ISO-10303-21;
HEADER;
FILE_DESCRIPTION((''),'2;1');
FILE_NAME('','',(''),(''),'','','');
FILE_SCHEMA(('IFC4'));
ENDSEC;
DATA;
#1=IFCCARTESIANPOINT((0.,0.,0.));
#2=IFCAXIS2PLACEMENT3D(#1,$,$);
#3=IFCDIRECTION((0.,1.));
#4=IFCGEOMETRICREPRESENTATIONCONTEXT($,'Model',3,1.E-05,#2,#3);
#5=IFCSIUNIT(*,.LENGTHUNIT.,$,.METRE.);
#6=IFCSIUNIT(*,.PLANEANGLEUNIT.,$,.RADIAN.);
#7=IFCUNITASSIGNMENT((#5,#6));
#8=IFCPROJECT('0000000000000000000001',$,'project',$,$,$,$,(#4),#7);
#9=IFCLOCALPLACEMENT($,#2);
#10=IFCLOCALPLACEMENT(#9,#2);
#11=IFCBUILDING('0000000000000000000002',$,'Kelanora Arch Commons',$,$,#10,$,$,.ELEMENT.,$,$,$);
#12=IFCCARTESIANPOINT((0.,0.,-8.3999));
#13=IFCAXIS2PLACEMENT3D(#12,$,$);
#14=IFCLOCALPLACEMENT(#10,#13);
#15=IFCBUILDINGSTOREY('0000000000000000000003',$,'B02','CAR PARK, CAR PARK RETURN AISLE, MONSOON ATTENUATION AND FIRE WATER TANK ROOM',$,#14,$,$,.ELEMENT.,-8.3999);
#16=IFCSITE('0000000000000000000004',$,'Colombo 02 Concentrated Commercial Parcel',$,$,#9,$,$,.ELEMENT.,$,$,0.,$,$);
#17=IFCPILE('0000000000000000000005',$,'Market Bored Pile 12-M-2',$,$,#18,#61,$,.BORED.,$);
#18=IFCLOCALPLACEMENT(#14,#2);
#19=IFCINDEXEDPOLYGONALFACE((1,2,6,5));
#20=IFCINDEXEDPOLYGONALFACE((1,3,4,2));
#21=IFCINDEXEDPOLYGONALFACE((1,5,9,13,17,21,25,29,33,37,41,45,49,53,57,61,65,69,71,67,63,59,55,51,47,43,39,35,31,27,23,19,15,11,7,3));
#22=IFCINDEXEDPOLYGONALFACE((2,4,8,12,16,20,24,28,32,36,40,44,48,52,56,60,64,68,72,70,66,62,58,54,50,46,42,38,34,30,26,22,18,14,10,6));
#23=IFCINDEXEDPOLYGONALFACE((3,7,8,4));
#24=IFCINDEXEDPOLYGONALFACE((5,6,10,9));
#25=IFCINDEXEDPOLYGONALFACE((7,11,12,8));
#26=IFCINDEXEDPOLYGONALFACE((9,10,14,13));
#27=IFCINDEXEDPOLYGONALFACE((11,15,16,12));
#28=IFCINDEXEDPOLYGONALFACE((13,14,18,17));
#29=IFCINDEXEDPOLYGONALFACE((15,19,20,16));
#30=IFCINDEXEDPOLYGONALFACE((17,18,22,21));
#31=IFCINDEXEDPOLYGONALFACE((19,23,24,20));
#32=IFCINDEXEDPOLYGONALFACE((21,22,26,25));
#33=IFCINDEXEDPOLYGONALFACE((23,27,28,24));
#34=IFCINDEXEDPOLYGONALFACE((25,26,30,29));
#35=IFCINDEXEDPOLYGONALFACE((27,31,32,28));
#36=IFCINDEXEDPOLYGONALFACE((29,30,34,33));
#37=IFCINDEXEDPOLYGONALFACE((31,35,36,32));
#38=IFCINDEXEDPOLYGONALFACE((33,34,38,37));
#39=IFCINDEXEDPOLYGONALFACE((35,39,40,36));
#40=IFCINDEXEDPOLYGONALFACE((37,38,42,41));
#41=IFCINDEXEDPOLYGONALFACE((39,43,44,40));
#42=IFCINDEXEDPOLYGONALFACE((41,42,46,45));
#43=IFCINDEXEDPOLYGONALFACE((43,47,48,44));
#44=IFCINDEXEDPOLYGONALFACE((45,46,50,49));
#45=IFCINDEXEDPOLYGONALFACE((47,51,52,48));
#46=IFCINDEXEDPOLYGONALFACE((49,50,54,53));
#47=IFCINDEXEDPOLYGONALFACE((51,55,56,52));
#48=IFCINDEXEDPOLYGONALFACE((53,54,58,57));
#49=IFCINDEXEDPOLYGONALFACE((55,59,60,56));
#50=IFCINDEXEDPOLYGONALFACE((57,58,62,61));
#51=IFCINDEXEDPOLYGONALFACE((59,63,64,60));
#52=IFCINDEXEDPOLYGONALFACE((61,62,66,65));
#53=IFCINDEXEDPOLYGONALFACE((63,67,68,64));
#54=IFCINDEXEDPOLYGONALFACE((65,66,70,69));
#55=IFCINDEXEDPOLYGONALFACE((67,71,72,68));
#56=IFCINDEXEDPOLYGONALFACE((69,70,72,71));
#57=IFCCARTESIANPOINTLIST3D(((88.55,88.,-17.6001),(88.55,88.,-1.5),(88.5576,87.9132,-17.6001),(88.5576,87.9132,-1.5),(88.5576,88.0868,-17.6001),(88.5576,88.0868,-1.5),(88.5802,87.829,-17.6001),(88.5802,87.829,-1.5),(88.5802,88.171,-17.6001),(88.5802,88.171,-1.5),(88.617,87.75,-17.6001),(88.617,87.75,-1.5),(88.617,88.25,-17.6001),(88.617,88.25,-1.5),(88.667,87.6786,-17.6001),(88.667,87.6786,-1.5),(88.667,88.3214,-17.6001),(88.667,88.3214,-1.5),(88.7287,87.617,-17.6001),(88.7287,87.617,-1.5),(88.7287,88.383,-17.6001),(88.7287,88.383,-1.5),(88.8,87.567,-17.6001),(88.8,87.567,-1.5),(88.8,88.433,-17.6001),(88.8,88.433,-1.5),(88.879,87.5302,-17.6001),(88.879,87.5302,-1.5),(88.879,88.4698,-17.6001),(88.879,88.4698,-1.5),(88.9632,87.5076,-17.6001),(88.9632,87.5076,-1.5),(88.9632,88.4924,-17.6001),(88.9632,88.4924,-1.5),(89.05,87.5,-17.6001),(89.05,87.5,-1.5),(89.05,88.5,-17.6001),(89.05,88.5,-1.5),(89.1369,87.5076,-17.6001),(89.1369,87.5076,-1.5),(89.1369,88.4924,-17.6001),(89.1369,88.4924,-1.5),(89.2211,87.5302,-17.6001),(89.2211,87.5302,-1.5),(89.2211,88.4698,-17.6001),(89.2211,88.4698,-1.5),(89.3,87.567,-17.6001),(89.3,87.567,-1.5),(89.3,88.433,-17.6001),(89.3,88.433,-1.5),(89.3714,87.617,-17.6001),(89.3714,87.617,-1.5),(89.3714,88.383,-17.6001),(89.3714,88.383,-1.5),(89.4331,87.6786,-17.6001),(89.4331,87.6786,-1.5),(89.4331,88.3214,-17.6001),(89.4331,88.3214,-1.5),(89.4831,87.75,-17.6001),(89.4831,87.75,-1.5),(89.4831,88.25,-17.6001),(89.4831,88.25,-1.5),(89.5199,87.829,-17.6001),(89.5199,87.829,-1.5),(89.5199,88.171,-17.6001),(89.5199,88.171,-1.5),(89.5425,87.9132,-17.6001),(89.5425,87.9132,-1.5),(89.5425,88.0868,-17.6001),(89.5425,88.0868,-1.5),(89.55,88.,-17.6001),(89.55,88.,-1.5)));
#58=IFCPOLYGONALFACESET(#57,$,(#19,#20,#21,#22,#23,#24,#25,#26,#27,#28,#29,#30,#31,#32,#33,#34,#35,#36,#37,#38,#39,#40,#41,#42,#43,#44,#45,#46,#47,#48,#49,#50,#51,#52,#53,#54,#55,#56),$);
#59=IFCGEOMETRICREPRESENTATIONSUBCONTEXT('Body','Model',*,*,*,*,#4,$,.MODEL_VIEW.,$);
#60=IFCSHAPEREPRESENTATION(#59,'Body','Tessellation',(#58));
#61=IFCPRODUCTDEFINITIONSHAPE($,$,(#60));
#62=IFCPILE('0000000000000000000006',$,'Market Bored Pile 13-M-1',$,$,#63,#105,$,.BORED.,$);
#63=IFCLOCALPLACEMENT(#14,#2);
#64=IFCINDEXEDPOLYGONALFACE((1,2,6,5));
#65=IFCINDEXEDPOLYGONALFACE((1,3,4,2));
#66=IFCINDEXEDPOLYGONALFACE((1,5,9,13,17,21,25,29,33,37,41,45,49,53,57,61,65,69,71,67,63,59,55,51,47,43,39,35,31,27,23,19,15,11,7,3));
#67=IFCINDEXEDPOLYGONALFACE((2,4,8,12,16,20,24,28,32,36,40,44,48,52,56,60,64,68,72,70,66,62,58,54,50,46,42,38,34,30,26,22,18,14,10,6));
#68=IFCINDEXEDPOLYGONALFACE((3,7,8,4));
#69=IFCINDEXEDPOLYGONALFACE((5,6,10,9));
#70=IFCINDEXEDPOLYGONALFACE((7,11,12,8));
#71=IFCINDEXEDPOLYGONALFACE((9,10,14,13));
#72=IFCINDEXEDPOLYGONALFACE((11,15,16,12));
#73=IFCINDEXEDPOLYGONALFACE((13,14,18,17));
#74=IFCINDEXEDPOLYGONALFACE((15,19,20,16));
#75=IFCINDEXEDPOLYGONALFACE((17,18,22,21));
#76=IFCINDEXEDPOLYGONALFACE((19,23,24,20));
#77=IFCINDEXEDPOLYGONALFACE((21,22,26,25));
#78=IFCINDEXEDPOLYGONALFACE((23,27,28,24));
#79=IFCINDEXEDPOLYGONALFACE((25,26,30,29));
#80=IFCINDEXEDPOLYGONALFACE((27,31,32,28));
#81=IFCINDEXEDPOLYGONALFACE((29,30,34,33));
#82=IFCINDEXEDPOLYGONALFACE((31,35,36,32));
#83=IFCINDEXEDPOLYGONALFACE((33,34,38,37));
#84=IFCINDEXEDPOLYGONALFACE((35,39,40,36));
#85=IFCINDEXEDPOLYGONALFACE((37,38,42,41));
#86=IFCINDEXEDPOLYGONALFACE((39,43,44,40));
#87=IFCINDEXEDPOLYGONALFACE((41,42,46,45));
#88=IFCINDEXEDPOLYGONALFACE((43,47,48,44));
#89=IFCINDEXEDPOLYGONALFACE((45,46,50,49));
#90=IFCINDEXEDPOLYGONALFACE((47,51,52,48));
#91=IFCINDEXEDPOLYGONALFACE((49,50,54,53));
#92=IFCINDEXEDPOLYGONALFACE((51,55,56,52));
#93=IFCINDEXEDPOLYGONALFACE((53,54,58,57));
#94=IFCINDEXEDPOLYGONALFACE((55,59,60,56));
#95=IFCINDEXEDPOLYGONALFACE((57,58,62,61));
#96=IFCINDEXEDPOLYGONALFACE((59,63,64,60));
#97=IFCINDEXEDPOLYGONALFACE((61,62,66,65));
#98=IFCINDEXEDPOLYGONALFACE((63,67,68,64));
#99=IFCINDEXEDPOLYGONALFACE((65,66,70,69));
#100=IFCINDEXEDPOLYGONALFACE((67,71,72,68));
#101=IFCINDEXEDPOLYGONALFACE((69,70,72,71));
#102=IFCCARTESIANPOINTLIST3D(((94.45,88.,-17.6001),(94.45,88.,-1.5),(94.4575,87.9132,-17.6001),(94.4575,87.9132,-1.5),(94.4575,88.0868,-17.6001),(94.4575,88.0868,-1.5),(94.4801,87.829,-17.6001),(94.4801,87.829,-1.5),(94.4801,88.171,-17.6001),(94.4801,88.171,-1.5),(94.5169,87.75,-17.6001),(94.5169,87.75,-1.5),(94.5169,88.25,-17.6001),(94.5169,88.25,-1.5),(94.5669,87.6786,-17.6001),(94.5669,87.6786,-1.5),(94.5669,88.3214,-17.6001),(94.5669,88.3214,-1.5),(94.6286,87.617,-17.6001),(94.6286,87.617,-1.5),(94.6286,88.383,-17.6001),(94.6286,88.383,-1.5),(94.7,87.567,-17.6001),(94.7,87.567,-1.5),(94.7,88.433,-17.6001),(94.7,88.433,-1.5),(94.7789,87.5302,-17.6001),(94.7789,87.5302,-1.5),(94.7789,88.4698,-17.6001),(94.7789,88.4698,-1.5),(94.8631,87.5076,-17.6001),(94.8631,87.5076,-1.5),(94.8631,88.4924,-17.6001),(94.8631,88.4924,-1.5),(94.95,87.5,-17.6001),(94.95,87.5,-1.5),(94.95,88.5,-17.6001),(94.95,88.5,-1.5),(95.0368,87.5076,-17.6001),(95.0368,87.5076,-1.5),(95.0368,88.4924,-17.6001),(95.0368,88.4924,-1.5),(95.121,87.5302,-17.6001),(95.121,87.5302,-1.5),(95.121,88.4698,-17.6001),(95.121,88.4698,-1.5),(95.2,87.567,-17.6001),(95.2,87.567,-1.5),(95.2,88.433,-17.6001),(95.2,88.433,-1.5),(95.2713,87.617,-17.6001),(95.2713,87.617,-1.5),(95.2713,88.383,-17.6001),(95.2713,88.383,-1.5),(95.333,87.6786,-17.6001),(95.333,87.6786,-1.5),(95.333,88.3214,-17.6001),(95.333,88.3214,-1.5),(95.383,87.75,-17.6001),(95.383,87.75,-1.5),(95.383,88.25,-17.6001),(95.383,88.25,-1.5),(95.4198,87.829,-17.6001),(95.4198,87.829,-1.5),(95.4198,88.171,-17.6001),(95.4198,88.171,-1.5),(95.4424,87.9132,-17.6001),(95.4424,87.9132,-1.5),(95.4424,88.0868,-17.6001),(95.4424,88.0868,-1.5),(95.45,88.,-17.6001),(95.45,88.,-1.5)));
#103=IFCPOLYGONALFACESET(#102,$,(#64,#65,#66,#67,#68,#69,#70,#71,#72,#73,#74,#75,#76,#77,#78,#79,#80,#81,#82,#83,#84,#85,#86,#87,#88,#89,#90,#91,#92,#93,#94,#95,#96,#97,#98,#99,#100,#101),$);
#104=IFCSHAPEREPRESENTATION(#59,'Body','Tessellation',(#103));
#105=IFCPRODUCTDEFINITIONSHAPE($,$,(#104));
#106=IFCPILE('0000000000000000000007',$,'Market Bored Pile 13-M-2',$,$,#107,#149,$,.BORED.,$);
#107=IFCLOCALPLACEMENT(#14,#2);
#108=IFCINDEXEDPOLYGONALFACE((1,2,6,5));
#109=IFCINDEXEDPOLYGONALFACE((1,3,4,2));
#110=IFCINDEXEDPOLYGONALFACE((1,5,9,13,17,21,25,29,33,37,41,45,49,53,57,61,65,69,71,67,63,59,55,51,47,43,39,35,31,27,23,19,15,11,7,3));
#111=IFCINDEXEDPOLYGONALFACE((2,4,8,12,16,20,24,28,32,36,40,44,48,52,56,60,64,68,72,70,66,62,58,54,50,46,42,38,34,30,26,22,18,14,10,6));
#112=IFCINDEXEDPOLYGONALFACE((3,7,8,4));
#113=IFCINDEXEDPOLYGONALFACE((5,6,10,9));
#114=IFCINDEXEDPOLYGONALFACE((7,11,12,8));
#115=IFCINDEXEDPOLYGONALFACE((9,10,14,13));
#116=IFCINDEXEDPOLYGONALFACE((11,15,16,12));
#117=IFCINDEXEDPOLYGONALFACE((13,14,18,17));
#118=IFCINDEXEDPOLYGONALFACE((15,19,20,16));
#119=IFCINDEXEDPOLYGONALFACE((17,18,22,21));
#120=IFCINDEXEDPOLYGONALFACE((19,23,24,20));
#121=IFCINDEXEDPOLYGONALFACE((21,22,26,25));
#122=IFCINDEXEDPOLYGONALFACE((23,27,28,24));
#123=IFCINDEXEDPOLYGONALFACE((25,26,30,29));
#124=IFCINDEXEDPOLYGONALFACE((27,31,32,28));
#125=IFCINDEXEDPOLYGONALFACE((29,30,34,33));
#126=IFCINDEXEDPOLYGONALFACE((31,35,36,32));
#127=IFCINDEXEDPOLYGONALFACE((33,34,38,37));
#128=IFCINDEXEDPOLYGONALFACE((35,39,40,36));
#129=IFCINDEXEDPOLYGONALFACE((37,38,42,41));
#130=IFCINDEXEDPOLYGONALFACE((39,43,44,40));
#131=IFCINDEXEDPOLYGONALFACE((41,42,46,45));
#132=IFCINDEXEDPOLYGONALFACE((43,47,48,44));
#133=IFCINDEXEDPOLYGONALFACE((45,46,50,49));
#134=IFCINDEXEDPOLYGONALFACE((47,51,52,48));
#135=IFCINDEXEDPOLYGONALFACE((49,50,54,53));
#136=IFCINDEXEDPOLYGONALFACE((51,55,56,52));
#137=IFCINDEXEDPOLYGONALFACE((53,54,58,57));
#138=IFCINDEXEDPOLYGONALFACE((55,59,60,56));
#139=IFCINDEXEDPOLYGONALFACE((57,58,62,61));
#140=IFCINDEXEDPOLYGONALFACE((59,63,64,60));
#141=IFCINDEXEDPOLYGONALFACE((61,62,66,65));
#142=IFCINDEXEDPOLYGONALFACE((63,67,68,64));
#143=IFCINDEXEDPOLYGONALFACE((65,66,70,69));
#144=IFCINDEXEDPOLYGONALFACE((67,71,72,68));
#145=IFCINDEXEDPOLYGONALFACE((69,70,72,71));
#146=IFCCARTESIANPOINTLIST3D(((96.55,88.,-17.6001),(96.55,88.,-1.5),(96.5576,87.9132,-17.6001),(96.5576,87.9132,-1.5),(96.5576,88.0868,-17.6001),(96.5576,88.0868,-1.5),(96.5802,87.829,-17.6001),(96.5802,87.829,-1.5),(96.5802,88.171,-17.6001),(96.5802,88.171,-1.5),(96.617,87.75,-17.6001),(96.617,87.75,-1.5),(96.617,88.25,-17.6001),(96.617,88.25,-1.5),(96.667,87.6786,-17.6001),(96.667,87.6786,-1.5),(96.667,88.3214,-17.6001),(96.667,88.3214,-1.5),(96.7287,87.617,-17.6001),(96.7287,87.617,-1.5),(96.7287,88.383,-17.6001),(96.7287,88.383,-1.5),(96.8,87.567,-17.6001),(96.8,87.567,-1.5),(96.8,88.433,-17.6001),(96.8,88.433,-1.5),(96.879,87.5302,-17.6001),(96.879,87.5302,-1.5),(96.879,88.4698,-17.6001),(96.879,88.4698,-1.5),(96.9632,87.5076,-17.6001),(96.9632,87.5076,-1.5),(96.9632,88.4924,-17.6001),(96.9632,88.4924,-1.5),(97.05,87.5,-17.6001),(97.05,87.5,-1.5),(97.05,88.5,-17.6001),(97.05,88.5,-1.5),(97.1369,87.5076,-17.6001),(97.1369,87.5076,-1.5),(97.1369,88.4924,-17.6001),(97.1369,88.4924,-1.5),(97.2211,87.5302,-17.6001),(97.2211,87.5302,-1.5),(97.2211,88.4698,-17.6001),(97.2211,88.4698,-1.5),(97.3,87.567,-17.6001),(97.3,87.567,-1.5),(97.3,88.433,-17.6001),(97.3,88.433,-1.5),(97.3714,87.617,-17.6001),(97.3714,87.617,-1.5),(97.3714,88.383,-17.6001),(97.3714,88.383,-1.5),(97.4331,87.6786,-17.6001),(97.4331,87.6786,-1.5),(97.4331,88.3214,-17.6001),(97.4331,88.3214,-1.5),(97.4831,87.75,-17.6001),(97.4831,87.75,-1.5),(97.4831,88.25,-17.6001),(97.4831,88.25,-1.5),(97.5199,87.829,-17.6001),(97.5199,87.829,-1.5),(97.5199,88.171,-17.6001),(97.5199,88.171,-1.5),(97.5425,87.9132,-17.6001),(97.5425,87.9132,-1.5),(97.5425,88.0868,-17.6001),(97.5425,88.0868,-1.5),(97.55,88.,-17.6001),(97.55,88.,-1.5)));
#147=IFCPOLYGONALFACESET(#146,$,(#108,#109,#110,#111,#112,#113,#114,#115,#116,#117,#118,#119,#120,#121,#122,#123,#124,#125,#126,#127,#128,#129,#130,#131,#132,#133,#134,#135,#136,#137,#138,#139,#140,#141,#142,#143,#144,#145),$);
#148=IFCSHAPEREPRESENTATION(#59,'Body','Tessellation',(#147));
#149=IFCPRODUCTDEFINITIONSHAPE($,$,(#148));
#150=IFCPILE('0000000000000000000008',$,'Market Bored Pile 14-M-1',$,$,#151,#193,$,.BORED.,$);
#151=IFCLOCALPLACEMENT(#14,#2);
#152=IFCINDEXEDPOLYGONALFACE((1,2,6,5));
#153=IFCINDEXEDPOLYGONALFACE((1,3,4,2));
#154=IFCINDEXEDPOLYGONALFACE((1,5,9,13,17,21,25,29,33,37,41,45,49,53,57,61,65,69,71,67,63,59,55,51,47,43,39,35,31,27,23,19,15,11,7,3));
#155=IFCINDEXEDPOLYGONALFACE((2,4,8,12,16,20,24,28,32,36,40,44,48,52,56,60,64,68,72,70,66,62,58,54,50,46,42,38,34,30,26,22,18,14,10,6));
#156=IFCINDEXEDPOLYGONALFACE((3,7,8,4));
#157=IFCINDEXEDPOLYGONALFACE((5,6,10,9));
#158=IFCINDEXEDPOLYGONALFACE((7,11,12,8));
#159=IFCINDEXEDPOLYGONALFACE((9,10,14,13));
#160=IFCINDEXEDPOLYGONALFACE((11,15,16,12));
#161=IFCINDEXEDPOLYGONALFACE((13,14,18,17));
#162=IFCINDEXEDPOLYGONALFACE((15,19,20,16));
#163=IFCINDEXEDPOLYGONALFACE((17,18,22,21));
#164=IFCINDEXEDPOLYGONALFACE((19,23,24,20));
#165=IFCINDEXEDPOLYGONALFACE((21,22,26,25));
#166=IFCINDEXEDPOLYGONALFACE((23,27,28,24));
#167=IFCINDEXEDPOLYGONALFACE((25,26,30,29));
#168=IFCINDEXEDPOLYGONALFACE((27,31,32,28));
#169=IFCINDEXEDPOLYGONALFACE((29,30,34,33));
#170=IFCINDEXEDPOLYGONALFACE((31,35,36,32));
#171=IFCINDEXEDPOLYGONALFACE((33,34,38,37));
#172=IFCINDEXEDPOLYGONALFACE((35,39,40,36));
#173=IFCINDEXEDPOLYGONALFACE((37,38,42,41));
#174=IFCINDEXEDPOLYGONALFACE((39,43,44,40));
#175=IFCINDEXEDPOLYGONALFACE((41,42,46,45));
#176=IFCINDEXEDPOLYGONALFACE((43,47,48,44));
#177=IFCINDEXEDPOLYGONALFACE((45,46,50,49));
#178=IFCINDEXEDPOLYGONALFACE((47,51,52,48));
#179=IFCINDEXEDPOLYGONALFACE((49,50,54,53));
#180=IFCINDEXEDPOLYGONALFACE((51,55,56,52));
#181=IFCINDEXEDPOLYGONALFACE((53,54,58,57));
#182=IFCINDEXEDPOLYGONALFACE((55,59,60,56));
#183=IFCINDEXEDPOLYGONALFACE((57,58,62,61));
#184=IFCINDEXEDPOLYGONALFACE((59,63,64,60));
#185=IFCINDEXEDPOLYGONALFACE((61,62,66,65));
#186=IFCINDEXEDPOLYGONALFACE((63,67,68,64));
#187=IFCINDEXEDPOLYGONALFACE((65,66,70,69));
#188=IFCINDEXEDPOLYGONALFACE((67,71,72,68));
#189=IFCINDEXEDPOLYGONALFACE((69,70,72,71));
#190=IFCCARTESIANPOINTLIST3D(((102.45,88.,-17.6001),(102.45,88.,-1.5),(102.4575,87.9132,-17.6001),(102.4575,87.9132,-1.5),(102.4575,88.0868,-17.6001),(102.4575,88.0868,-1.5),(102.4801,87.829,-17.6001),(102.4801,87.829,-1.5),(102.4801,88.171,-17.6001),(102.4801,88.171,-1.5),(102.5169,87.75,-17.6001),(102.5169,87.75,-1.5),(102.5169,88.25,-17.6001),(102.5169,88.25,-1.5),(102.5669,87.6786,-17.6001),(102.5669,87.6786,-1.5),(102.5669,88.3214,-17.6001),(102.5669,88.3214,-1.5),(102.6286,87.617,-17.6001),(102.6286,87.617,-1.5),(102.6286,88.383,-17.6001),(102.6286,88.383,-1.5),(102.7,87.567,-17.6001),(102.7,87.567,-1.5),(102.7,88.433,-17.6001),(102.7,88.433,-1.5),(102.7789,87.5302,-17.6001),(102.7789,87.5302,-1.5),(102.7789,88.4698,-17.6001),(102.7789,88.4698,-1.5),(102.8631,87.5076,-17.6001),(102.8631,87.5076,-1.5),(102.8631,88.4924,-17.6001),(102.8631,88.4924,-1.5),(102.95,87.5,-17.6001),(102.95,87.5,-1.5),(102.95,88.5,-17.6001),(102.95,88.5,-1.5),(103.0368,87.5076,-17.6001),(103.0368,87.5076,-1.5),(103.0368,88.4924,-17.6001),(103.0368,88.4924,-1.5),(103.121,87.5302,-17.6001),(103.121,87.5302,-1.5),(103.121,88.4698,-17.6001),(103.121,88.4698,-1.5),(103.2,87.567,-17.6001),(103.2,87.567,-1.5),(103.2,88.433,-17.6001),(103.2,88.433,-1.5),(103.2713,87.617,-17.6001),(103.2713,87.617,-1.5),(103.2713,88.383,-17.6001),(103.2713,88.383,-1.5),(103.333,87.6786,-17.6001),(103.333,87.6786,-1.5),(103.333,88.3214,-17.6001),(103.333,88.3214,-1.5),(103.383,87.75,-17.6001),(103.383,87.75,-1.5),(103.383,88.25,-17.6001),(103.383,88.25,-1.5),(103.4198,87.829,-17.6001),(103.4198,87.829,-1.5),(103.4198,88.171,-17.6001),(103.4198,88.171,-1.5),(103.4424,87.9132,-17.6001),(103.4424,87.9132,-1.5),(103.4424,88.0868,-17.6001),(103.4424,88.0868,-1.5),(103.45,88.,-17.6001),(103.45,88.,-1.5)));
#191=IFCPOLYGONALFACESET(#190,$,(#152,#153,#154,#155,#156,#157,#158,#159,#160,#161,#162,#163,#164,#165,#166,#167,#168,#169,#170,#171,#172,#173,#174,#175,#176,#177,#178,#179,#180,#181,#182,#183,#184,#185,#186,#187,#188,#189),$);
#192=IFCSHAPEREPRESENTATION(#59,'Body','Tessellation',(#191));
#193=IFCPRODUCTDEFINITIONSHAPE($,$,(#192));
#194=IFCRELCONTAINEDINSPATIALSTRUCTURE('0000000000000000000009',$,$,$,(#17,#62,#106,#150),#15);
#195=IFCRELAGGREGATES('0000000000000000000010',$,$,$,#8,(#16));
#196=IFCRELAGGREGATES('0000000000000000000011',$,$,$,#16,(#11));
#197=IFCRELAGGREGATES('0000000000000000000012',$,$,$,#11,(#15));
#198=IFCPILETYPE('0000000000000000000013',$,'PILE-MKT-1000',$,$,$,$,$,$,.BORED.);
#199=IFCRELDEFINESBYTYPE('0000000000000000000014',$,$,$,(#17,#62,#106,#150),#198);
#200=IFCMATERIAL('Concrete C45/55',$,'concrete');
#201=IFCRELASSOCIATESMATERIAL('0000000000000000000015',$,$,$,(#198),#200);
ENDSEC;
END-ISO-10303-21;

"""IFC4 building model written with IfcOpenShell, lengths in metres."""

from ifc_helpers import new_model, si_unit, direction, frame, origin, origin_2d, place, context, subcontext, project, spatial, circle, extrude, source, transform, mapped, material, material_profile, profile_set, type_object, element, save


model = new_model("IFC4")

# Units and contexts
model_context = context("Model", 3, precision=1e-05, world=origin(), true_north=direction((0.0, 1.0)))
body_context = subcontext(model_context, "Body", "Model", "MODEL_VIEW")
ifc_project = project(units=[si_unit("LENGTHUNIT", "METRE"), si_unit("PLANEANGLEUNIT", "RADIAN")], contexts=[model_context])

# Site, building, storey
site_placement = place(None, origin())
site = spatial("IfcSite", under=ifc_project, at=site_placement, Name="Colombo 02 Concentrated Commercial Parcel", CompositionType="ELEMENT", RefElevation=0.0)
building_placement = place(site_placement, origin())
building = spatial("IfcBuilding", under=site, at=building_placement, Name="Kelanora Arch Commons", CompositionType="ELEMENT")
storey_placement = place(building_placement, frame((0.0, 0.0, -8.3999)))
storey = spatial("IfcBuildingStorey", under=building, at=storey_placement, Name="B02", Description="CAR PARK, CAR PARK RETURN AISLE, MONSOON ATTENUATION AND FIRE WATER TANK ROOM", CompositionType="ELEMENT", Elevation=-8.3999)

# Shared definitions
ifc_material_1 = material(Name="Concrete C45/55", Category="concrete")

# Piles
ifc_material_profile_1 = material_profile(ifc_material_1, circle(Radius=0.5, at=origin_2d()), Name="PILE1000")
ifc_profile_set_1 = profile_set([ifc_material_profile_1], Name="Concrete C45/55")
pile_type_1 = type_object("IfcPileType", Name="PILE-MKT-1000", PredefinedType="BORED", material=ifc_profile_set_1)
shared_shape_1 = source(origin(), body_context, "Body", "SweptSolid", [
    extrude(circle(Radius=0.5, at=origin_2d()), origin(), (0.0, 0.0, 1.0), 16.1001),
])
for number, where, z_axis, x_axis, name in (
    (1, (89.05, 88.0, -1.5), (0.0, 0.0, -1.0), (1.0, 0.0, 0.0), "Market Bored Pile 12-M-2"),
    (2, (94.95, 88.0, -1.5), (0.0, 0.0, -1.0), (1.0, 0.0, 0.0), "Market Bored Pile 13-M-1"),
    (3, (97.05, 88.0, -1.5), (0.0, 0.0, -1.0), (1.0, 0.0, 0.0), "Market Bored Pile 13-M-2"),
    (4, (102.95, 88.0, -1.5), (0.0, 0.0, -1.0), (1.0, 0.0, 0.0), "Market Bored Pile 14-M-1"),
):
    element("IfcPile", number, at=place(storey_placement, frame(where, z_axis=z_axis, x_axis=x_axis)), inside=storey, type_object=pile_type_1, Name=name, PredefinedType="BORED", context=body_context, shape_type="MappedRepresentation", body=[
        mapped(shared_shape_1, transform((0.0, 0.0, 0.0), scale=1.0)),
    ])

save(model, "model.ifc")
